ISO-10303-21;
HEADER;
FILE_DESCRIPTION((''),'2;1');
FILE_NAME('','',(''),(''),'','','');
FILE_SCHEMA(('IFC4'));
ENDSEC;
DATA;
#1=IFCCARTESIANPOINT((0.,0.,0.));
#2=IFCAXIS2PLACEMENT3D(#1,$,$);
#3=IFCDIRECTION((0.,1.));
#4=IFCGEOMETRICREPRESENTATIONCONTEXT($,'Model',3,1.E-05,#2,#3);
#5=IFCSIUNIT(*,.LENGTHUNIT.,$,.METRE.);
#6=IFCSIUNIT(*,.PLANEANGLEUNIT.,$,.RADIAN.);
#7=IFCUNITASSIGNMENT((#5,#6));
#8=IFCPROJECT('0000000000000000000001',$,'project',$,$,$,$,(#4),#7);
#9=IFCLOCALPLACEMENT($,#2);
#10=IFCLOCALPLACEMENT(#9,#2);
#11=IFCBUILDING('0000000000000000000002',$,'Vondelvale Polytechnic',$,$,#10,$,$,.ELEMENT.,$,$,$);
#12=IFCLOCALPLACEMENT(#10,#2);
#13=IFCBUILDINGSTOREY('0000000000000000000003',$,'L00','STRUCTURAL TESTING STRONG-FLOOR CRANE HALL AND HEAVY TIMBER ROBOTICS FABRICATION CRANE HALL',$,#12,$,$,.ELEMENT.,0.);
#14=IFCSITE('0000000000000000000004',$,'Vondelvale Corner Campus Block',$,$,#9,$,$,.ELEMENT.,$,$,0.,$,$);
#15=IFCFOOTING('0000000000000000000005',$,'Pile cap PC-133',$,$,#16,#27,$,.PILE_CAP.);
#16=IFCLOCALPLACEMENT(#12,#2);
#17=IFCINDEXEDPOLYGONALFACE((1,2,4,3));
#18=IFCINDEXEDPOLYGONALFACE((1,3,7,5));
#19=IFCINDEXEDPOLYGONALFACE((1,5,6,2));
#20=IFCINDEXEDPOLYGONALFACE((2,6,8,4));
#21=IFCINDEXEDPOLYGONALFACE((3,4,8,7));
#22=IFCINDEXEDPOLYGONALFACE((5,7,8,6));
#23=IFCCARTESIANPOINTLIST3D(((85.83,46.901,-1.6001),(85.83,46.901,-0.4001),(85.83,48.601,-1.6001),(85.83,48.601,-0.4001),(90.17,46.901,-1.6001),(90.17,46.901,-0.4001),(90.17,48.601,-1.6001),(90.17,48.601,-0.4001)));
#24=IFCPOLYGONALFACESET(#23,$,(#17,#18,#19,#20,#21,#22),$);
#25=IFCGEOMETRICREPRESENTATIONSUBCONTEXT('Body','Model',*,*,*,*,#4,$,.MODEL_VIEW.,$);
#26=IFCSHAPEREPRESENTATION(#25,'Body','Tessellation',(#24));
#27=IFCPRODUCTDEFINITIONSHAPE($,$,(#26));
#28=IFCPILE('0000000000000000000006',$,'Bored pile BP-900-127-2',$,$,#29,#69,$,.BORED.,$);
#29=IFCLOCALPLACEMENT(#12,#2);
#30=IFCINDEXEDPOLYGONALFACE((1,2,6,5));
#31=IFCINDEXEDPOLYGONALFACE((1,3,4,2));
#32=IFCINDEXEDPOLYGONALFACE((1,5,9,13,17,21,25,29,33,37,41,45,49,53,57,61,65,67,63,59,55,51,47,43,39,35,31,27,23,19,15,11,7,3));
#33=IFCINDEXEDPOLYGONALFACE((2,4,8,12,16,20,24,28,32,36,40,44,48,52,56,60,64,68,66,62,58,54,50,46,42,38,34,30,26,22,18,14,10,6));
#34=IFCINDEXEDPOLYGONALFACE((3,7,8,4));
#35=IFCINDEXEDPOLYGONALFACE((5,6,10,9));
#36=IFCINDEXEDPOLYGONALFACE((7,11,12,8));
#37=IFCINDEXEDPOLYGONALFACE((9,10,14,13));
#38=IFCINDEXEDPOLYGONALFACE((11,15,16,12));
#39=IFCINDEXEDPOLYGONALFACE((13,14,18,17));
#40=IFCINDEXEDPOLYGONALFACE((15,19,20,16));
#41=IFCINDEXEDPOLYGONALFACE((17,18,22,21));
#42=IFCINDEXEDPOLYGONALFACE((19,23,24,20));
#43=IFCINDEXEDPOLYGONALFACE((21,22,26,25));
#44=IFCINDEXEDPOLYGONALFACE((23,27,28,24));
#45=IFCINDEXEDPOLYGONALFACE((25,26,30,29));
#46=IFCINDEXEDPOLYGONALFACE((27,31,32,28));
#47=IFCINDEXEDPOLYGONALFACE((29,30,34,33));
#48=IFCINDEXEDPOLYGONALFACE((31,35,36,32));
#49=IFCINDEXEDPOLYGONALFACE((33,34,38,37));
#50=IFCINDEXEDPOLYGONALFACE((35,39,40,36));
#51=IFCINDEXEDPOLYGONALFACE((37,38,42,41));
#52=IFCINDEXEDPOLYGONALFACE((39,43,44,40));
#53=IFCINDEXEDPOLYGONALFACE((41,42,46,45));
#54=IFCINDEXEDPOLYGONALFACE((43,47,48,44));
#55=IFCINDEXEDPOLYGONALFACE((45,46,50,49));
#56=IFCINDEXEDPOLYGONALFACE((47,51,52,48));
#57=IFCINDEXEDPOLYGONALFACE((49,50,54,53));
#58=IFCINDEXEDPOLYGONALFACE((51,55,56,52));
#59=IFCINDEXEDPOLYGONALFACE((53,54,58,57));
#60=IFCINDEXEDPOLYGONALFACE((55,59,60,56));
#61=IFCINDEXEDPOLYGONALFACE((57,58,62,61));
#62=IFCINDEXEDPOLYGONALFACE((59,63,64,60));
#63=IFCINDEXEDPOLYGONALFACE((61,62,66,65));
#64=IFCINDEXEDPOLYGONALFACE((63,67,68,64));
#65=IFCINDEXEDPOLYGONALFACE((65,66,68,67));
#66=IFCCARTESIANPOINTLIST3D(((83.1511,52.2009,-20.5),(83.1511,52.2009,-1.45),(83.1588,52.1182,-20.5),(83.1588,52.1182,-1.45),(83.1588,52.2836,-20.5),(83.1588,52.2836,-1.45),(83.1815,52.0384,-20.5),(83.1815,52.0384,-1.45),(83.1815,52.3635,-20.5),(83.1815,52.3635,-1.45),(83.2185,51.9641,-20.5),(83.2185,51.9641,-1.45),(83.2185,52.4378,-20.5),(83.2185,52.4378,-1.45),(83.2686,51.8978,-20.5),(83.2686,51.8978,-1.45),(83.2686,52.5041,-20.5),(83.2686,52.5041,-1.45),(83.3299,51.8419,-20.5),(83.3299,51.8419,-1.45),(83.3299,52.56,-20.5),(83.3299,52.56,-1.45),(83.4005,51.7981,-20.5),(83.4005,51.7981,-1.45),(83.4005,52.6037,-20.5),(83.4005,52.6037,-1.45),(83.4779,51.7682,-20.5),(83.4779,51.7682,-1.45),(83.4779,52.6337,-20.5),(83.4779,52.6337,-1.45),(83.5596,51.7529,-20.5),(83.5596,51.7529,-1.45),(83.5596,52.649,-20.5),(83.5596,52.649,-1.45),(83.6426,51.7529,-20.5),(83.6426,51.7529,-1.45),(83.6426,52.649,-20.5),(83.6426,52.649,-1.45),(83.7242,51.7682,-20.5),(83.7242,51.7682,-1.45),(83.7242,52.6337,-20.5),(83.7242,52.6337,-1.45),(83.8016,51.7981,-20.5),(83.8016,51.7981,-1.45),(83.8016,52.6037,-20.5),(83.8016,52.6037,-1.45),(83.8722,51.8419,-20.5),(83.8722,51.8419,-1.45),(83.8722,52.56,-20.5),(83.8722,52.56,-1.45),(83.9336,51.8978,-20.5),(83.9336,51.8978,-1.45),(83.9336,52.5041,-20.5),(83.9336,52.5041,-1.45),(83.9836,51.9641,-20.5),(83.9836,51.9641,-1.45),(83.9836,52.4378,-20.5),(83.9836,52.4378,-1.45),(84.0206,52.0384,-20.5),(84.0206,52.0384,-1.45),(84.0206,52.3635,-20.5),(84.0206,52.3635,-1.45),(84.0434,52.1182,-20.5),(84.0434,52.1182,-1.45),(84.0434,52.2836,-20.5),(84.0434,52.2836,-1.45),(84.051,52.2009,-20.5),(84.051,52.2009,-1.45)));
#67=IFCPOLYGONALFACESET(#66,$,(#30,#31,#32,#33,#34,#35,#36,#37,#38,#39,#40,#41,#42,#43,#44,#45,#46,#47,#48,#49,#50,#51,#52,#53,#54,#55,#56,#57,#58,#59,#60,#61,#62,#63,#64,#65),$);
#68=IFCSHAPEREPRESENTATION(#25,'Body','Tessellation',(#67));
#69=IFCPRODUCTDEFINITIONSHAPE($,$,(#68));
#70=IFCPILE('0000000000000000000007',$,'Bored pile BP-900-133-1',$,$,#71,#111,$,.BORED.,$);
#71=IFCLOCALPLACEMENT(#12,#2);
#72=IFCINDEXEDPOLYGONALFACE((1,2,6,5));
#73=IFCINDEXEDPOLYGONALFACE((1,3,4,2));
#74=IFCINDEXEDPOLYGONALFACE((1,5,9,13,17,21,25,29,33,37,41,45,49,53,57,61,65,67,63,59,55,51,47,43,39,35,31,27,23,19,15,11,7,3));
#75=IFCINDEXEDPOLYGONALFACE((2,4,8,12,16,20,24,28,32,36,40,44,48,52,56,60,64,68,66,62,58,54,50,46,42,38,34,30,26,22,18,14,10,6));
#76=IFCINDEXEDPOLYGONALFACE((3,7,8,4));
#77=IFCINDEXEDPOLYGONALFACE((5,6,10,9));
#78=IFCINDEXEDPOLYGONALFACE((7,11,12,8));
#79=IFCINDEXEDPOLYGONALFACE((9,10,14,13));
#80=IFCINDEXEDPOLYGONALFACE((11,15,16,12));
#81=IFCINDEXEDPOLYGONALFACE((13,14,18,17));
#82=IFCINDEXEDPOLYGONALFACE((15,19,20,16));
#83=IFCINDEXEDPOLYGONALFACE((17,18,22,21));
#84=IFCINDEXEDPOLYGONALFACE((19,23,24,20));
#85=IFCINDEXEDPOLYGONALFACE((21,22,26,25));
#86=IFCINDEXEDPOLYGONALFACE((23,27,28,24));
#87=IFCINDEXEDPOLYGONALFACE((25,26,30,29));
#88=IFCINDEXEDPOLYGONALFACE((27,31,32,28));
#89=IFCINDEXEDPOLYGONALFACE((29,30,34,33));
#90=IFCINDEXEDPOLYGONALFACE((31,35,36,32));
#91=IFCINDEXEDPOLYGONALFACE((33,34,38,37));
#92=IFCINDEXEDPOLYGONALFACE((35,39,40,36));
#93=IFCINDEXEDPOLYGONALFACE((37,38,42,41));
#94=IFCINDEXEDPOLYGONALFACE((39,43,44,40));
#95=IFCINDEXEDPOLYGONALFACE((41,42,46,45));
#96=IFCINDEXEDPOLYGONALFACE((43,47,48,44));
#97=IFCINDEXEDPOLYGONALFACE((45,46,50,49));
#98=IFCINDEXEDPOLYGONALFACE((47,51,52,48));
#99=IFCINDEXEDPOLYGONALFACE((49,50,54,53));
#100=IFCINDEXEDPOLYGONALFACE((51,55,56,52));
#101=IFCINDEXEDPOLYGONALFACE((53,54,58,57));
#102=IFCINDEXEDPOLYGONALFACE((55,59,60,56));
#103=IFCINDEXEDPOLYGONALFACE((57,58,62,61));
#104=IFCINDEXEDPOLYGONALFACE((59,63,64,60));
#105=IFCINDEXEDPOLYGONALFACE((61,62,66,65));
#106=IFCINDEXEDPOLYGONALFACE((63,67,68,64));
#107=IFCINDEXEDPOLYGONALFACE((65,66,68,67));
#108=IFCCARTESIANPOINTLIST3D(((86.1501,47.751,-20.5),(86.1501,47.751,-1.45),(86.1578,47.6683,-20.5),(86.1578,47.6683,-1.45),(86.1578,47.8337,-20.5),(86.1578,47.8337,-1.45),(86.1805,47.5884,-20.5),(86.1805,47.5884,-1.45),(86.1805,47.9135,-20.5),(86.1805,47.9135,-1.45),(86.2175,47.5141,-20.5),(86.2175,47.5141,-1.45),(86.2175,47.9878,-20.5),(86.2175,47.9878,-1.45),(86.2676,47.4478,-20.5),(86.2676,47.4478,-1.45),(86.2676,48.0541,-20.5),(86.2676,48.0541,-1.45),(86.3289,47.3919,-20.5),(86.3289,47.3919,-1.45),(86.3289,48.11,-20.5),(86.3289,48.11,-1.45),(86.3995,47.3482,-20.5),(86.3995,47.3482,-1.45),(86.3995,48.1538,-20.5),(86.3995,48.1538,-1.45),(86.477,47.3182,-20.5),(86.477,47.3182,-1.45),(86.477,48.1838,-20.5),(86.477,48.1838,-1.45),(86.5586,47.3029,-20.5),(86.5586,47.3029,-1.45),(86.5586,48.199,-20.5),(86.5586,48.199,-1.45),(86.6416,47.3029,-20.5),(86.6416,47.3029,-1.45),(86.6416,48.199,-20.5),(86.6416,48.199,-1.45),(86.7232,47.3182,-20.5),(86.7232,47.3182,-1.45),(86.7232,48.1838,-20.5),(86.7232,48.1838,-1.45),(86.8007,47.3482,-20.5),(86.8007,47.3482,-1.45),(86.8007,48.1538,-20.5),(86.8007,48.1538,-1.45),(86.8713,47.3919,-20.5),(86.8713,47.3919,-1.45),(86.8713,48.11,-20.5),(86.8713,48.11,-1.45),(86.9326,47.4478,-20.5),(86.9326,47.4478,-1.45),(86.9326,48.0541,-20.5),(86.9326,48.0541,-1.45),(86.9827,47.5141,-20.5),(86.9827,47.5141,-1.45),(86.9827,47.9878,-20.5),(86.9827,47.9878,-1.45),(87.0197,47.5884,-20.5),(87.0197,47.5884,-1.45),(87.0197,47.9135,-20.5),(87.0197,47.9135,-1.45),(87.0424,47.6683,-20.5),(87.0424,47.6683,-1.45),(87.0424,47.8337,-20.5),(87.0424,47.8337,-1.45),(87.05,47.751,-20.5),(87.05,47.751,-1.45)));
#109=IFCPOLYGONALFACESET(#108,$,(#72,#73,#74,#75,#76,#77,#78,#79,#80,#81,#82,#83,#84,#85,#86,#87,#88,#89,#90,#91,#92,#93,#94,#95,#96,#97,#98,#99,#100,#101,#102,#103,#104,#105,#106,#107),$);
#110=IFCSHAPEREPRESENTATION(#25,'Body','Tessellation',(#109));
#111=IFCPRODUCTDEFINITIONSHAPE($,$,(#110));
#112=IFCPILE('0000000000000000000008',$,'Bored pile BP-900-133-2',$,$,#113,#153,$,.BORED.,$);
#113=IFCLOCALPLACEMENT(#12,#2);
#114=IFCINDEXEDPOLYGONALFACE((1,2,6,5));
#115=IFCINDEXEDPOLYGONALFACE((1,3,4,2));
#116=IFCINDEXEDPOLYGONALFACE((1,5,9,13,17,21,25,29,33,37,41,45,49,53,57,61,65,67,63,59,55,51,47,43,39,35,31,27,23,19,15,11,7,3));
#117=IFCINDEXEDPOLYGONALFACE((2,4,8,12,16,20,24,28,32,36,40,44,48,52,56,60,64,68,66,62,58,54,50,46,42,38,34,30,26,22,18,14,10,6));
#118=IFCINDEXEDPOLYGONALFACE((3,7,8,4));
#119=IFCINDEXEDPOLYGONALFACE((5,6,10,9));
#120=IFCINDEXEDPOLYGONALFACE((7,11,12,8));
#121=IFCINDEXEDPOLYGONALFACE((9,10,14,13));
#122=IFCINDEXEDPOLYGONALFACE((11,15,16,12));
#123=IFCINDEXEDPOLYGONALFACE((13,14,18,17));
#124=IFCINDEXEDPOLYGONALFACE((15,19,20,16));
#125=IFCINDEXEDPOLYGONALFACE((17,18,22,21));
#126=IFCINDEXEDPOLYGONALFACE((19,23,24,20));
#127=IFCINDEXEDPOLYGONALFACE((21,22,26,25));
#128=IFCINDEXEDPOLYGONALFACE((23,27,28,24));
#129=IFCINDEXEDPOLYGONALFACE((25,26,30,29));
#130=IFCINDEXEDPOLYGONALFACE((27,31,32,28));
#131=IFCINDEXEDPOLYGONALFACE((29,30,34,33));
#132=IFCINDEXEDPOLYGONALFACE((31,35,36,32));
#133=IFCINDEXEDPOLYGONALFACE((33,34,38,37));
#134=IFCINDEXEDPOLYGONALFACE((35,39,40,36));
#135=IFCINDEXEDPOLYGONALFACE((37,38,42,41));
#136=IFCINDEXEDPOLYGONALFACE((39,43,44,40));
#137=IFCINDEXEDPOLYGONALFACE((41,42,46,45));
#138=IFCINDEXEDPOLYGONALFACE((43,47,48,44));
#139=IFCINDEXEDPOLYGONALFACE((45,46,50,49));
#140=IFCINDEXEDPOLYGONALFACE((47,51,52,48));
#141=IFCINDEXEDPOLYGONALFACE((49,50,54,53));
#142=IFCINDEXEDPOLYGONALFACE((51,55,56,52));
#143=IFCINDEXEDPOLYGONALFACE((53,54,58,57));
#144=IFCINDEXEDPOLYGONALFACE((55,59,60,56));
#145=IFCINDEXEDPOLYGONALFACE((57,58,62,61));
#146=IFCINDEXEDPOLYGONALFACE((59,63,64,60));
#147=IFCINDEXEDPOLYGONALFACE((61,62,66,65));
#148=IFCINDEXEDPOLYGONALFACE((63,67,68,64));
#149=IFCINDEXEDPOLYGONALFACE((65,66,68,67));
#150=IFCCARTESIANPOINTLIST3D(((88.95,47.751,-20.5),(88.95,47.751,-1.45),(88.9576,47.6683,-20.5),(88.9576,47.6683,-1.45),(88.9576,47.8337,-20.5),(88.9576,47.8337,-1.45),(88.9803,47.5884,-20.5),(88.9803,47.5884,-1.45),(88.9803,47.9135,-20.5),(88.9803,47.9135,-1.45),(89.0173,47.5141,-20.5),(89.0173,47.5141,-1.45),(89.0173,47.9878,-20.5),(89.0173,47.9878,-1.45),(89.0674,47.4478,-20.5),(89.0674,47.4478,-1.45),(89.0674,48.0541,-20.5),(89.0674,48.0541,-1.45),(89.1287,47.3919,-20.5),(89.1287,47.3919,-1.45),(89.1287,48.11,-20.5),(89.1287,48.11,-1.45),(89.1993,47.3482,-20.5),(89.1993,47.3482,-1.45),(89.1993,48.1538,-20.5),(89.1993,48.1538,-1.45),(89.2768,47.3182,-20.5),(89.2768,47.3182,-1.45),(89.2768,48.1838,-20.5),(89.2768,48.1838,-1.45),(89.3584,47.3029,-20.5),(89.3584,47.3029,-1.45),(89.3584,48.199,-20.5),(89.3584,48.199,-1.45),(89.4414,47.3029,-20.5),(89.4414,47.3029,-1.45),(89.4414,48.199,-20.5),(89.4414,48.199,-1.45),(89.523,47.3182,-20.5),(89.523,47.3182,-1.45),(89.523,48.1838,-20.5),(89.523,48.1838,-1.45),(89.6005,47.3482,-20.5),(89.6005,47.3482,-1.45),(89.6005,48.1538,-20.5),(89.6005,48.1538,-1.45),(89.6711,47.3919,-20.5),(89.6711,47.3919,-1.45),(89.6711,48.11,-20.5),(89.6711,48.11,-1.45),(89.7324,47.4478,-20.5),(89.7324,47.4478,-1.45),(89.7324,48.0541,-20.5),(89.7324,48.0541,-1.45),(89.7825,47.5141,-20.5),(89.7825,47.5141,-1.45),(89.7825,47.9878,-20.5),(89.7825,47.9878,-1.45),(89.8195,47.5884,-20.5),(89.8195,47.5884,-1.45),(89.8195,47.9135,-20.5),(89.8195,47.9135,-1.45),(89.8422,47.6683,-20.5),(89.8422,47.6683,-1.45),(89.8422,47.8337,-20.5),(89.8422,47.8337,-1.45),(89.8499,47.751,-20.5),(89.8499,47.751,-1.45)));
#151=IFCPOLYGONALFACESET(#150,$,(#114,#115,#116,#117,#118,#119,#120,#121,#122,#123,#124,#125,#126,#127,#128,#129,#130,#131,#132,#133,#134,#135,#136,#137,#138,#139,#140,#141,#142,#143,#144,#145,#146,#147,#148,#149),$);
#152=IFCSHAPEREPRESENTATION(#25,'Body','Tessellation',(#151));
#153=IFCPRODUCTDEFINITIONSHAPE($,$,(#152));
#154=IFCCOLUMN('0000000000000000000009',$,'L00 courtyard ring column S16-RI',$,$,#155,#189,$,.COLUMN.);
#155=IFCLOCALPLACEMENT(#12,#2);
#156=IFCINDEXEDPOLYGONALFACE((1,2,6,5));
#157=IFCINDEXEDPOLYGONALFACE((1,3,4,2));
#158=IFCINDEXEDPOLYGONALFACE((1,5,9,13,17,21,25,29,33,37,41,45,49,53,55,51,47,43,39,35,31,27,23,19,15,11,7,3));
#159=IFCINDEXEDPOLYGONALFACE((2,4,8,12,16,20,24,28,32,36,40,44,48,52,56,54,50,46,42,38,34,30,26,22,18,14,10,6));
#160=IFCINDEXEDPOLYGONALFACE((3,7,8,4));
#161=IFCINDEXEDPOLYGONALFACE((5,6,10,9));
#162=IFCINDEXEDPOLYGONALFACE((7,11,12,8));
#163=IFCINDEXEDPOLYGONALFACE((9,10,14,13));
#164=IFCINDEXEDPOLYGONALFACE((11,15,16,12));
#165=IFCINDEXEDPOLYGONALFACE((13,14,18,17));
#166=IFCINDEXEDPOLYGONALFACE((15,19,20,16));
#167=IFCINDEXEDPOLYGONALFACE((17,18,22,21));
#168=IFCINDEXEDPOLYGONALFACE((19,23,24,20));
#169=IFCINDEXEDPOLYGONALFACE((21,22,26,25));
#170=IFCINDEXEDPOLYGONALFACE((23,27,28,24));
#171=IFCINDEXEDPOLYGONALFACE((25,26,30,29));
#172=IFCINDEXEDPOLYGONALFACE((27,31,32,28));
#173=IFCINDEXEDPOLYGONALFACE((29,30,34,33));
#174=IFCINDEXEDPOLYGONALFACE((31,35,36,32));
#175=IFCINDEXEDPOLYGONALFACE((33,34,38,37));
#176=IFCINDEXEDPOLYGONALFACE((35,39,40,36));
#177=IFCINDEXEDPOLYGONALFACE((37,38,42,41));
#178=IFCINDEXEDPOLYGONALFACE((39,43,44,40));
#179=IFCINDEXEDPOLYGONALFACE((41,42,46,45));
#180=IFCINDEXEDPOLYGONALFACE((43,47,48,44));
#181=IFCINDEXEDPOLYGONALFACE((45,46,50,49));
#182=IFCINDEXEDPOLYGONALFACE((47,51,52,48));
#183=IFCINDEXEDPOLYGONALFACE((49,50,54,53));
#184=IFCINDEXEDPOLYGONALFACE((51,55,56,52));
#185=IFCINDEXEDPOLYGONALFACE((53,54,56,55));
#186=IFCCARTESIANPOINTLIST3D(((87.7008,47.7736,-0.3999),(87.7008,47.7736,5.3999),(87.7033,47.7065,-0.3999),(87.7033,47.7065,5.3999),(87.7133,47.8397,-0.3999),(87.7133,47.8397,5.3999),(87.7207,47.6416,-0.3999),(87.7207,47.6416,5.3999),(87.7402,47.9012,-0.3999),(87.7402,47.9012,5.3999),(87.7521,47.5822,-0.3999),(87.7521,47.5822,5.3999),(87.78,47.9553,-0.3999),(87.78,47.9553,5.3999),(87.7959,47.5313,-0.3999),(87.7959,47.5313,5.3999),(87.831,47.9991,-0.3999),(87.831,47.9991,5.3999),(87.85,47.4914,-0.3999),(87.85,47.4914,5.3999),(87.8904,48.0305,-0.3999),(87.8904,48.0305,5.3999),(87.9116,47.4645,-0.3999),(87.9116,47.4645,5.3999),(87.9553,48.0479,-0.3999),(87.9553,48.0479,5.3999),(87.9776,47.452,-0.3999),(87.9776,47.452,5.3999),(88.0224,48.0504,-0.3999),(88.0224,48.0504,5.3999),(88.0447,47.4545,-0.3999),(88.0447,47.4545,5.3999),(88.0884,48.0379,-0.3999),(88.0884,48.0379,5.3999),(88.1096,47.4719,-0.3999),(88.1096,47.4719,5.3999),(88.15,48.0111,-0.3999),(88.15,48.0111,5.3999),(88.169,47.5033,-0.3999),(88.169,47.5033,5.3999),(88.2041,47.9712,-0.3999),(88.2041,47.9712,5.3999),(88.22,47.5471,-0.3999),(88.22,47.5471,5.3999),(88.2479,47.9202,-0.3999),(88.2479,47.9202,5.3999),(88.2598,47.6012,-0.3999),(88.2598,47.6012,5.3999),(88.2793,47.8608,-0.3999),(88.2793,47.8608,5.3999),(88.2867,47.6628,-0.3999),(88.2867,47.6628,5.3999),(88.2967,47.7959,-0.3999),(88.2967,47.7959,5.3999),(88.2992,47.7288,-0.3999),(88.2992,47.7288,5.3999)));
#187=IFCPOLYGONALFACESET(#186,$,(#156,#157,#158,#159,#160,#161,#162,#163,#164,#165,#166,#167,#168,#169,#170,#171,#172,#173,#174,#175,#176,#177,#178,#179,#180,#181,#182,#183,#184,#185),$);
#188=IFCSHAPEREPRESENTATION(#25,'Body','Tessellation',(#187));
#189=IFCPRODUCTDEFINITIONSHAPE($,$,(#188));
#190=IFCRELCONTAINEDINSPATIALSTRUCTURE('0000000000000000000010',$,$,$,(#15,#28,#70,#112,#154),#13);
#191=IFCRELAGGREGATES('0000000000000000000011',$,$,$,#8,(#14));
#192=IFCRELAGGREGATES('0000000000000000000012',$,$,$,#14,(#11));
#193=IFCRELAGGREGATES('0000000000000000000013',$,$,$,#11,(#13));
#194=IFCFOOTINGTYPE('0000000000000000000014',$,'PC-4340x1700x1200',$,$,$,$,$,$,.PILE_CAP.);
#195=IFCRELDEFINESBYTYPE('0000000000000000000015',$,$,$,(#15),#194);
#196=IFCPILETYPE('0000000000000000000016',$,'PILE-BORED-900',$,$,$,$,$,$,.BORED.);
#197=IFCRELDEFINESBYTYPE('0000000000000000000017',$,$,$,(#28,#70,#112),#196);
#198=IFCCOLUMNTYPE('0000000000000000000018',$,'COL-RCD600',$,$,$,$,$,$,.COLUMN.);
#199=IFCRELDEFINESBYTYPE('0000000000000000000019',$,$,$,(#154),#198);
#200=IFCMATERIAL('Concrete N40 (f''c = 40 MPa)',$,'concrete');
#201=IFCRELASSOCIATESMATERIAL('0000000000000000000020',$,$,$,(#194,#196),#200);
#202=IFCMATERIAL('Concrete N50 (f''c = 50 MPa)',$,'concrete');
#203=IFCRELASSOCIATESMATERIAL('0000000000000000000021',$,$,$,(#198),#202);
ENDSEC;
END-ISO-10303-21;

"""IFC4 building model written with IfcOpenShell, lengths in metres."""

from ifc_helpers import new_model, si_unit, direction, frame, origin, origin_2d, place, context, subcontext, project, spatial, rectangle, circle, extrude, material, material_profile, profile_set, type_object, element, save


model = new_model("IFC4")

# Units and contexts
model_context = context("Model", 3, precision=1e-05, world=origin(), true_north=direction((0.0, 1.0)))
body_context = subcontext(model_context, "Body", "Model", "MODEL_VIEW")
ifc_project = project(units=[si_unit("LENGTHUNIT", "METRE"), si_unit("PLANEANGLEUNIT", "RADIAN")], contexts=[model_context])

# Site, building, storey
site_placement = place(None, origin())
site = spatial("IfcSite", under=ifc_project, at=site_placement, Name="Vondelvale Corner Campus Block", CompositionType="ELEMENT", RefElevation=0.0)
building_placement = place(site_placement, origin())
building = spatial("IfcBuilding", under=site, at=building_placement, Name="Vondelvale Polytechnic", CompositionType="ELEMENT")
storey_placement = place(building_placement, origin())
storey = spatial("IfcBuildingStorey", under=building, at=storey_placement, Name="L00", Description="STRUCTURAL TESTING STRONG-FLOOR CRANE HALL AND HEAVY TIMBER ROBOTICS FABRICATION CRANE HALL", CompositionType="ELEMENT", Elevation=0.0)

# Footing
ifc_material_1 = material(Name="Concrete N40 (f'c = 40 MPa)", Category="concrete")
footing_type = type_object("IfcFootingType", Name="PC-4340x1700x1200", PredefinedType="PILE_CAP", material=ifc_material_1)
footing_placement = place(storey_placement, frame((88.0, 47.751, -1.6001), z_axis=(0.0, 0.0, 1.0), x_axis=(1.0, 0.0, 0.0)))
element("IfcFooting", 1, at=footing_placement, inside=storey, type_object=footing_type, Name="Pile cap PC-133", PredefinedType="PILE_CAP", context=body_context, shape_type="SweptSolid", body=[
    extrude(rectangle(XDim=4.3401, YDim=1.7, at=origin_2d()), origin(), (0.0, 0.0, 1.0), 1.2),
])

# Piles
ifc_material_profile_1 = material_profile(ifc_material_1, circle(Radius=0.45, at=origin_2d()), Name="PILE-D900")
ifc_profile_set_1 = profile_set([ifc_material_profile_1], Name="Concrete N40 (f'c = 40 MPa)")
pile_type = type_object("IfcPileType", Name="PILE-BORED-900", PredefinedType="BORED", material=ifc_profile_set_1)
for number, where, z_axis, x_axis, name in (
    (2, (83.6011, 52.2009, -1.45), (0.0, 0.0, -1.0), (1.0, 0.0, 0.0), "Bored pile BP-900-127-2"),
    (3, (86.6001, 47.751, -1.45), (0.0, 0.0, -1.0), (1.0, 0.0, 0.0), "Bored pile BP-900-133-1"),
    (4, (89.3999, 47.751, -1.45), (0.0, 0.0, -1.0), (1.0, 0.0, 0.0), "Bored pile BP-900-133-2"),
):
    element("IfcPile", number, at=place(storey_placement, frame(where, z_axis=z_axis, x_axis=x_axis)), inside=storey, type_object=pile_type, Name=name, PredefinedType="BORED", context=body_context, shape_type="SweptSolid", body=[
        extrude(circle(Radius=0.45, at=origin_2d()), origin(), (0.0, 0.0, 1.0), 19.05),
    ])

# Column
ifc_material_2 = material(Name="Concrete N50 (f'c = 50 MPa)", Category="concrete")
ifc_material_profile_2 = material_profile(ifc_material_2, circle(Radius=0.3, at=origin_2d()), Name="RC-COL-D600")
ifc_profile_set_2 = profile_set([ifc_material_profile_2], Name="Concrete N50 (f'c = 50 MPa)")
column_type = type_object("IfcColumnType", Name="COL-RCD600", PredefinedType="COLUMN", material=ifc_profile_set_2)
column_placement = place(storey_placement, frame((88.0, 47.7512, -0.3999), z_axis=(0.0, 0.0, 1.0), x_axis=(0.5, 0.866025, 0.0)))
element("IfcColumn", 5, at=column_placement, inside=storey, type_object=column_type, Name="L00 courtyard ring column S16-RI", PredefinedType="COLUMN", context=body_context, shape_type="SweptSolid", body=[
    extrude(circle(Radius=0.3, at=origin_2d()), origin(), (0.0, 0.0, 1.0), 5.7998),
])

save(model, "model.ifc")
